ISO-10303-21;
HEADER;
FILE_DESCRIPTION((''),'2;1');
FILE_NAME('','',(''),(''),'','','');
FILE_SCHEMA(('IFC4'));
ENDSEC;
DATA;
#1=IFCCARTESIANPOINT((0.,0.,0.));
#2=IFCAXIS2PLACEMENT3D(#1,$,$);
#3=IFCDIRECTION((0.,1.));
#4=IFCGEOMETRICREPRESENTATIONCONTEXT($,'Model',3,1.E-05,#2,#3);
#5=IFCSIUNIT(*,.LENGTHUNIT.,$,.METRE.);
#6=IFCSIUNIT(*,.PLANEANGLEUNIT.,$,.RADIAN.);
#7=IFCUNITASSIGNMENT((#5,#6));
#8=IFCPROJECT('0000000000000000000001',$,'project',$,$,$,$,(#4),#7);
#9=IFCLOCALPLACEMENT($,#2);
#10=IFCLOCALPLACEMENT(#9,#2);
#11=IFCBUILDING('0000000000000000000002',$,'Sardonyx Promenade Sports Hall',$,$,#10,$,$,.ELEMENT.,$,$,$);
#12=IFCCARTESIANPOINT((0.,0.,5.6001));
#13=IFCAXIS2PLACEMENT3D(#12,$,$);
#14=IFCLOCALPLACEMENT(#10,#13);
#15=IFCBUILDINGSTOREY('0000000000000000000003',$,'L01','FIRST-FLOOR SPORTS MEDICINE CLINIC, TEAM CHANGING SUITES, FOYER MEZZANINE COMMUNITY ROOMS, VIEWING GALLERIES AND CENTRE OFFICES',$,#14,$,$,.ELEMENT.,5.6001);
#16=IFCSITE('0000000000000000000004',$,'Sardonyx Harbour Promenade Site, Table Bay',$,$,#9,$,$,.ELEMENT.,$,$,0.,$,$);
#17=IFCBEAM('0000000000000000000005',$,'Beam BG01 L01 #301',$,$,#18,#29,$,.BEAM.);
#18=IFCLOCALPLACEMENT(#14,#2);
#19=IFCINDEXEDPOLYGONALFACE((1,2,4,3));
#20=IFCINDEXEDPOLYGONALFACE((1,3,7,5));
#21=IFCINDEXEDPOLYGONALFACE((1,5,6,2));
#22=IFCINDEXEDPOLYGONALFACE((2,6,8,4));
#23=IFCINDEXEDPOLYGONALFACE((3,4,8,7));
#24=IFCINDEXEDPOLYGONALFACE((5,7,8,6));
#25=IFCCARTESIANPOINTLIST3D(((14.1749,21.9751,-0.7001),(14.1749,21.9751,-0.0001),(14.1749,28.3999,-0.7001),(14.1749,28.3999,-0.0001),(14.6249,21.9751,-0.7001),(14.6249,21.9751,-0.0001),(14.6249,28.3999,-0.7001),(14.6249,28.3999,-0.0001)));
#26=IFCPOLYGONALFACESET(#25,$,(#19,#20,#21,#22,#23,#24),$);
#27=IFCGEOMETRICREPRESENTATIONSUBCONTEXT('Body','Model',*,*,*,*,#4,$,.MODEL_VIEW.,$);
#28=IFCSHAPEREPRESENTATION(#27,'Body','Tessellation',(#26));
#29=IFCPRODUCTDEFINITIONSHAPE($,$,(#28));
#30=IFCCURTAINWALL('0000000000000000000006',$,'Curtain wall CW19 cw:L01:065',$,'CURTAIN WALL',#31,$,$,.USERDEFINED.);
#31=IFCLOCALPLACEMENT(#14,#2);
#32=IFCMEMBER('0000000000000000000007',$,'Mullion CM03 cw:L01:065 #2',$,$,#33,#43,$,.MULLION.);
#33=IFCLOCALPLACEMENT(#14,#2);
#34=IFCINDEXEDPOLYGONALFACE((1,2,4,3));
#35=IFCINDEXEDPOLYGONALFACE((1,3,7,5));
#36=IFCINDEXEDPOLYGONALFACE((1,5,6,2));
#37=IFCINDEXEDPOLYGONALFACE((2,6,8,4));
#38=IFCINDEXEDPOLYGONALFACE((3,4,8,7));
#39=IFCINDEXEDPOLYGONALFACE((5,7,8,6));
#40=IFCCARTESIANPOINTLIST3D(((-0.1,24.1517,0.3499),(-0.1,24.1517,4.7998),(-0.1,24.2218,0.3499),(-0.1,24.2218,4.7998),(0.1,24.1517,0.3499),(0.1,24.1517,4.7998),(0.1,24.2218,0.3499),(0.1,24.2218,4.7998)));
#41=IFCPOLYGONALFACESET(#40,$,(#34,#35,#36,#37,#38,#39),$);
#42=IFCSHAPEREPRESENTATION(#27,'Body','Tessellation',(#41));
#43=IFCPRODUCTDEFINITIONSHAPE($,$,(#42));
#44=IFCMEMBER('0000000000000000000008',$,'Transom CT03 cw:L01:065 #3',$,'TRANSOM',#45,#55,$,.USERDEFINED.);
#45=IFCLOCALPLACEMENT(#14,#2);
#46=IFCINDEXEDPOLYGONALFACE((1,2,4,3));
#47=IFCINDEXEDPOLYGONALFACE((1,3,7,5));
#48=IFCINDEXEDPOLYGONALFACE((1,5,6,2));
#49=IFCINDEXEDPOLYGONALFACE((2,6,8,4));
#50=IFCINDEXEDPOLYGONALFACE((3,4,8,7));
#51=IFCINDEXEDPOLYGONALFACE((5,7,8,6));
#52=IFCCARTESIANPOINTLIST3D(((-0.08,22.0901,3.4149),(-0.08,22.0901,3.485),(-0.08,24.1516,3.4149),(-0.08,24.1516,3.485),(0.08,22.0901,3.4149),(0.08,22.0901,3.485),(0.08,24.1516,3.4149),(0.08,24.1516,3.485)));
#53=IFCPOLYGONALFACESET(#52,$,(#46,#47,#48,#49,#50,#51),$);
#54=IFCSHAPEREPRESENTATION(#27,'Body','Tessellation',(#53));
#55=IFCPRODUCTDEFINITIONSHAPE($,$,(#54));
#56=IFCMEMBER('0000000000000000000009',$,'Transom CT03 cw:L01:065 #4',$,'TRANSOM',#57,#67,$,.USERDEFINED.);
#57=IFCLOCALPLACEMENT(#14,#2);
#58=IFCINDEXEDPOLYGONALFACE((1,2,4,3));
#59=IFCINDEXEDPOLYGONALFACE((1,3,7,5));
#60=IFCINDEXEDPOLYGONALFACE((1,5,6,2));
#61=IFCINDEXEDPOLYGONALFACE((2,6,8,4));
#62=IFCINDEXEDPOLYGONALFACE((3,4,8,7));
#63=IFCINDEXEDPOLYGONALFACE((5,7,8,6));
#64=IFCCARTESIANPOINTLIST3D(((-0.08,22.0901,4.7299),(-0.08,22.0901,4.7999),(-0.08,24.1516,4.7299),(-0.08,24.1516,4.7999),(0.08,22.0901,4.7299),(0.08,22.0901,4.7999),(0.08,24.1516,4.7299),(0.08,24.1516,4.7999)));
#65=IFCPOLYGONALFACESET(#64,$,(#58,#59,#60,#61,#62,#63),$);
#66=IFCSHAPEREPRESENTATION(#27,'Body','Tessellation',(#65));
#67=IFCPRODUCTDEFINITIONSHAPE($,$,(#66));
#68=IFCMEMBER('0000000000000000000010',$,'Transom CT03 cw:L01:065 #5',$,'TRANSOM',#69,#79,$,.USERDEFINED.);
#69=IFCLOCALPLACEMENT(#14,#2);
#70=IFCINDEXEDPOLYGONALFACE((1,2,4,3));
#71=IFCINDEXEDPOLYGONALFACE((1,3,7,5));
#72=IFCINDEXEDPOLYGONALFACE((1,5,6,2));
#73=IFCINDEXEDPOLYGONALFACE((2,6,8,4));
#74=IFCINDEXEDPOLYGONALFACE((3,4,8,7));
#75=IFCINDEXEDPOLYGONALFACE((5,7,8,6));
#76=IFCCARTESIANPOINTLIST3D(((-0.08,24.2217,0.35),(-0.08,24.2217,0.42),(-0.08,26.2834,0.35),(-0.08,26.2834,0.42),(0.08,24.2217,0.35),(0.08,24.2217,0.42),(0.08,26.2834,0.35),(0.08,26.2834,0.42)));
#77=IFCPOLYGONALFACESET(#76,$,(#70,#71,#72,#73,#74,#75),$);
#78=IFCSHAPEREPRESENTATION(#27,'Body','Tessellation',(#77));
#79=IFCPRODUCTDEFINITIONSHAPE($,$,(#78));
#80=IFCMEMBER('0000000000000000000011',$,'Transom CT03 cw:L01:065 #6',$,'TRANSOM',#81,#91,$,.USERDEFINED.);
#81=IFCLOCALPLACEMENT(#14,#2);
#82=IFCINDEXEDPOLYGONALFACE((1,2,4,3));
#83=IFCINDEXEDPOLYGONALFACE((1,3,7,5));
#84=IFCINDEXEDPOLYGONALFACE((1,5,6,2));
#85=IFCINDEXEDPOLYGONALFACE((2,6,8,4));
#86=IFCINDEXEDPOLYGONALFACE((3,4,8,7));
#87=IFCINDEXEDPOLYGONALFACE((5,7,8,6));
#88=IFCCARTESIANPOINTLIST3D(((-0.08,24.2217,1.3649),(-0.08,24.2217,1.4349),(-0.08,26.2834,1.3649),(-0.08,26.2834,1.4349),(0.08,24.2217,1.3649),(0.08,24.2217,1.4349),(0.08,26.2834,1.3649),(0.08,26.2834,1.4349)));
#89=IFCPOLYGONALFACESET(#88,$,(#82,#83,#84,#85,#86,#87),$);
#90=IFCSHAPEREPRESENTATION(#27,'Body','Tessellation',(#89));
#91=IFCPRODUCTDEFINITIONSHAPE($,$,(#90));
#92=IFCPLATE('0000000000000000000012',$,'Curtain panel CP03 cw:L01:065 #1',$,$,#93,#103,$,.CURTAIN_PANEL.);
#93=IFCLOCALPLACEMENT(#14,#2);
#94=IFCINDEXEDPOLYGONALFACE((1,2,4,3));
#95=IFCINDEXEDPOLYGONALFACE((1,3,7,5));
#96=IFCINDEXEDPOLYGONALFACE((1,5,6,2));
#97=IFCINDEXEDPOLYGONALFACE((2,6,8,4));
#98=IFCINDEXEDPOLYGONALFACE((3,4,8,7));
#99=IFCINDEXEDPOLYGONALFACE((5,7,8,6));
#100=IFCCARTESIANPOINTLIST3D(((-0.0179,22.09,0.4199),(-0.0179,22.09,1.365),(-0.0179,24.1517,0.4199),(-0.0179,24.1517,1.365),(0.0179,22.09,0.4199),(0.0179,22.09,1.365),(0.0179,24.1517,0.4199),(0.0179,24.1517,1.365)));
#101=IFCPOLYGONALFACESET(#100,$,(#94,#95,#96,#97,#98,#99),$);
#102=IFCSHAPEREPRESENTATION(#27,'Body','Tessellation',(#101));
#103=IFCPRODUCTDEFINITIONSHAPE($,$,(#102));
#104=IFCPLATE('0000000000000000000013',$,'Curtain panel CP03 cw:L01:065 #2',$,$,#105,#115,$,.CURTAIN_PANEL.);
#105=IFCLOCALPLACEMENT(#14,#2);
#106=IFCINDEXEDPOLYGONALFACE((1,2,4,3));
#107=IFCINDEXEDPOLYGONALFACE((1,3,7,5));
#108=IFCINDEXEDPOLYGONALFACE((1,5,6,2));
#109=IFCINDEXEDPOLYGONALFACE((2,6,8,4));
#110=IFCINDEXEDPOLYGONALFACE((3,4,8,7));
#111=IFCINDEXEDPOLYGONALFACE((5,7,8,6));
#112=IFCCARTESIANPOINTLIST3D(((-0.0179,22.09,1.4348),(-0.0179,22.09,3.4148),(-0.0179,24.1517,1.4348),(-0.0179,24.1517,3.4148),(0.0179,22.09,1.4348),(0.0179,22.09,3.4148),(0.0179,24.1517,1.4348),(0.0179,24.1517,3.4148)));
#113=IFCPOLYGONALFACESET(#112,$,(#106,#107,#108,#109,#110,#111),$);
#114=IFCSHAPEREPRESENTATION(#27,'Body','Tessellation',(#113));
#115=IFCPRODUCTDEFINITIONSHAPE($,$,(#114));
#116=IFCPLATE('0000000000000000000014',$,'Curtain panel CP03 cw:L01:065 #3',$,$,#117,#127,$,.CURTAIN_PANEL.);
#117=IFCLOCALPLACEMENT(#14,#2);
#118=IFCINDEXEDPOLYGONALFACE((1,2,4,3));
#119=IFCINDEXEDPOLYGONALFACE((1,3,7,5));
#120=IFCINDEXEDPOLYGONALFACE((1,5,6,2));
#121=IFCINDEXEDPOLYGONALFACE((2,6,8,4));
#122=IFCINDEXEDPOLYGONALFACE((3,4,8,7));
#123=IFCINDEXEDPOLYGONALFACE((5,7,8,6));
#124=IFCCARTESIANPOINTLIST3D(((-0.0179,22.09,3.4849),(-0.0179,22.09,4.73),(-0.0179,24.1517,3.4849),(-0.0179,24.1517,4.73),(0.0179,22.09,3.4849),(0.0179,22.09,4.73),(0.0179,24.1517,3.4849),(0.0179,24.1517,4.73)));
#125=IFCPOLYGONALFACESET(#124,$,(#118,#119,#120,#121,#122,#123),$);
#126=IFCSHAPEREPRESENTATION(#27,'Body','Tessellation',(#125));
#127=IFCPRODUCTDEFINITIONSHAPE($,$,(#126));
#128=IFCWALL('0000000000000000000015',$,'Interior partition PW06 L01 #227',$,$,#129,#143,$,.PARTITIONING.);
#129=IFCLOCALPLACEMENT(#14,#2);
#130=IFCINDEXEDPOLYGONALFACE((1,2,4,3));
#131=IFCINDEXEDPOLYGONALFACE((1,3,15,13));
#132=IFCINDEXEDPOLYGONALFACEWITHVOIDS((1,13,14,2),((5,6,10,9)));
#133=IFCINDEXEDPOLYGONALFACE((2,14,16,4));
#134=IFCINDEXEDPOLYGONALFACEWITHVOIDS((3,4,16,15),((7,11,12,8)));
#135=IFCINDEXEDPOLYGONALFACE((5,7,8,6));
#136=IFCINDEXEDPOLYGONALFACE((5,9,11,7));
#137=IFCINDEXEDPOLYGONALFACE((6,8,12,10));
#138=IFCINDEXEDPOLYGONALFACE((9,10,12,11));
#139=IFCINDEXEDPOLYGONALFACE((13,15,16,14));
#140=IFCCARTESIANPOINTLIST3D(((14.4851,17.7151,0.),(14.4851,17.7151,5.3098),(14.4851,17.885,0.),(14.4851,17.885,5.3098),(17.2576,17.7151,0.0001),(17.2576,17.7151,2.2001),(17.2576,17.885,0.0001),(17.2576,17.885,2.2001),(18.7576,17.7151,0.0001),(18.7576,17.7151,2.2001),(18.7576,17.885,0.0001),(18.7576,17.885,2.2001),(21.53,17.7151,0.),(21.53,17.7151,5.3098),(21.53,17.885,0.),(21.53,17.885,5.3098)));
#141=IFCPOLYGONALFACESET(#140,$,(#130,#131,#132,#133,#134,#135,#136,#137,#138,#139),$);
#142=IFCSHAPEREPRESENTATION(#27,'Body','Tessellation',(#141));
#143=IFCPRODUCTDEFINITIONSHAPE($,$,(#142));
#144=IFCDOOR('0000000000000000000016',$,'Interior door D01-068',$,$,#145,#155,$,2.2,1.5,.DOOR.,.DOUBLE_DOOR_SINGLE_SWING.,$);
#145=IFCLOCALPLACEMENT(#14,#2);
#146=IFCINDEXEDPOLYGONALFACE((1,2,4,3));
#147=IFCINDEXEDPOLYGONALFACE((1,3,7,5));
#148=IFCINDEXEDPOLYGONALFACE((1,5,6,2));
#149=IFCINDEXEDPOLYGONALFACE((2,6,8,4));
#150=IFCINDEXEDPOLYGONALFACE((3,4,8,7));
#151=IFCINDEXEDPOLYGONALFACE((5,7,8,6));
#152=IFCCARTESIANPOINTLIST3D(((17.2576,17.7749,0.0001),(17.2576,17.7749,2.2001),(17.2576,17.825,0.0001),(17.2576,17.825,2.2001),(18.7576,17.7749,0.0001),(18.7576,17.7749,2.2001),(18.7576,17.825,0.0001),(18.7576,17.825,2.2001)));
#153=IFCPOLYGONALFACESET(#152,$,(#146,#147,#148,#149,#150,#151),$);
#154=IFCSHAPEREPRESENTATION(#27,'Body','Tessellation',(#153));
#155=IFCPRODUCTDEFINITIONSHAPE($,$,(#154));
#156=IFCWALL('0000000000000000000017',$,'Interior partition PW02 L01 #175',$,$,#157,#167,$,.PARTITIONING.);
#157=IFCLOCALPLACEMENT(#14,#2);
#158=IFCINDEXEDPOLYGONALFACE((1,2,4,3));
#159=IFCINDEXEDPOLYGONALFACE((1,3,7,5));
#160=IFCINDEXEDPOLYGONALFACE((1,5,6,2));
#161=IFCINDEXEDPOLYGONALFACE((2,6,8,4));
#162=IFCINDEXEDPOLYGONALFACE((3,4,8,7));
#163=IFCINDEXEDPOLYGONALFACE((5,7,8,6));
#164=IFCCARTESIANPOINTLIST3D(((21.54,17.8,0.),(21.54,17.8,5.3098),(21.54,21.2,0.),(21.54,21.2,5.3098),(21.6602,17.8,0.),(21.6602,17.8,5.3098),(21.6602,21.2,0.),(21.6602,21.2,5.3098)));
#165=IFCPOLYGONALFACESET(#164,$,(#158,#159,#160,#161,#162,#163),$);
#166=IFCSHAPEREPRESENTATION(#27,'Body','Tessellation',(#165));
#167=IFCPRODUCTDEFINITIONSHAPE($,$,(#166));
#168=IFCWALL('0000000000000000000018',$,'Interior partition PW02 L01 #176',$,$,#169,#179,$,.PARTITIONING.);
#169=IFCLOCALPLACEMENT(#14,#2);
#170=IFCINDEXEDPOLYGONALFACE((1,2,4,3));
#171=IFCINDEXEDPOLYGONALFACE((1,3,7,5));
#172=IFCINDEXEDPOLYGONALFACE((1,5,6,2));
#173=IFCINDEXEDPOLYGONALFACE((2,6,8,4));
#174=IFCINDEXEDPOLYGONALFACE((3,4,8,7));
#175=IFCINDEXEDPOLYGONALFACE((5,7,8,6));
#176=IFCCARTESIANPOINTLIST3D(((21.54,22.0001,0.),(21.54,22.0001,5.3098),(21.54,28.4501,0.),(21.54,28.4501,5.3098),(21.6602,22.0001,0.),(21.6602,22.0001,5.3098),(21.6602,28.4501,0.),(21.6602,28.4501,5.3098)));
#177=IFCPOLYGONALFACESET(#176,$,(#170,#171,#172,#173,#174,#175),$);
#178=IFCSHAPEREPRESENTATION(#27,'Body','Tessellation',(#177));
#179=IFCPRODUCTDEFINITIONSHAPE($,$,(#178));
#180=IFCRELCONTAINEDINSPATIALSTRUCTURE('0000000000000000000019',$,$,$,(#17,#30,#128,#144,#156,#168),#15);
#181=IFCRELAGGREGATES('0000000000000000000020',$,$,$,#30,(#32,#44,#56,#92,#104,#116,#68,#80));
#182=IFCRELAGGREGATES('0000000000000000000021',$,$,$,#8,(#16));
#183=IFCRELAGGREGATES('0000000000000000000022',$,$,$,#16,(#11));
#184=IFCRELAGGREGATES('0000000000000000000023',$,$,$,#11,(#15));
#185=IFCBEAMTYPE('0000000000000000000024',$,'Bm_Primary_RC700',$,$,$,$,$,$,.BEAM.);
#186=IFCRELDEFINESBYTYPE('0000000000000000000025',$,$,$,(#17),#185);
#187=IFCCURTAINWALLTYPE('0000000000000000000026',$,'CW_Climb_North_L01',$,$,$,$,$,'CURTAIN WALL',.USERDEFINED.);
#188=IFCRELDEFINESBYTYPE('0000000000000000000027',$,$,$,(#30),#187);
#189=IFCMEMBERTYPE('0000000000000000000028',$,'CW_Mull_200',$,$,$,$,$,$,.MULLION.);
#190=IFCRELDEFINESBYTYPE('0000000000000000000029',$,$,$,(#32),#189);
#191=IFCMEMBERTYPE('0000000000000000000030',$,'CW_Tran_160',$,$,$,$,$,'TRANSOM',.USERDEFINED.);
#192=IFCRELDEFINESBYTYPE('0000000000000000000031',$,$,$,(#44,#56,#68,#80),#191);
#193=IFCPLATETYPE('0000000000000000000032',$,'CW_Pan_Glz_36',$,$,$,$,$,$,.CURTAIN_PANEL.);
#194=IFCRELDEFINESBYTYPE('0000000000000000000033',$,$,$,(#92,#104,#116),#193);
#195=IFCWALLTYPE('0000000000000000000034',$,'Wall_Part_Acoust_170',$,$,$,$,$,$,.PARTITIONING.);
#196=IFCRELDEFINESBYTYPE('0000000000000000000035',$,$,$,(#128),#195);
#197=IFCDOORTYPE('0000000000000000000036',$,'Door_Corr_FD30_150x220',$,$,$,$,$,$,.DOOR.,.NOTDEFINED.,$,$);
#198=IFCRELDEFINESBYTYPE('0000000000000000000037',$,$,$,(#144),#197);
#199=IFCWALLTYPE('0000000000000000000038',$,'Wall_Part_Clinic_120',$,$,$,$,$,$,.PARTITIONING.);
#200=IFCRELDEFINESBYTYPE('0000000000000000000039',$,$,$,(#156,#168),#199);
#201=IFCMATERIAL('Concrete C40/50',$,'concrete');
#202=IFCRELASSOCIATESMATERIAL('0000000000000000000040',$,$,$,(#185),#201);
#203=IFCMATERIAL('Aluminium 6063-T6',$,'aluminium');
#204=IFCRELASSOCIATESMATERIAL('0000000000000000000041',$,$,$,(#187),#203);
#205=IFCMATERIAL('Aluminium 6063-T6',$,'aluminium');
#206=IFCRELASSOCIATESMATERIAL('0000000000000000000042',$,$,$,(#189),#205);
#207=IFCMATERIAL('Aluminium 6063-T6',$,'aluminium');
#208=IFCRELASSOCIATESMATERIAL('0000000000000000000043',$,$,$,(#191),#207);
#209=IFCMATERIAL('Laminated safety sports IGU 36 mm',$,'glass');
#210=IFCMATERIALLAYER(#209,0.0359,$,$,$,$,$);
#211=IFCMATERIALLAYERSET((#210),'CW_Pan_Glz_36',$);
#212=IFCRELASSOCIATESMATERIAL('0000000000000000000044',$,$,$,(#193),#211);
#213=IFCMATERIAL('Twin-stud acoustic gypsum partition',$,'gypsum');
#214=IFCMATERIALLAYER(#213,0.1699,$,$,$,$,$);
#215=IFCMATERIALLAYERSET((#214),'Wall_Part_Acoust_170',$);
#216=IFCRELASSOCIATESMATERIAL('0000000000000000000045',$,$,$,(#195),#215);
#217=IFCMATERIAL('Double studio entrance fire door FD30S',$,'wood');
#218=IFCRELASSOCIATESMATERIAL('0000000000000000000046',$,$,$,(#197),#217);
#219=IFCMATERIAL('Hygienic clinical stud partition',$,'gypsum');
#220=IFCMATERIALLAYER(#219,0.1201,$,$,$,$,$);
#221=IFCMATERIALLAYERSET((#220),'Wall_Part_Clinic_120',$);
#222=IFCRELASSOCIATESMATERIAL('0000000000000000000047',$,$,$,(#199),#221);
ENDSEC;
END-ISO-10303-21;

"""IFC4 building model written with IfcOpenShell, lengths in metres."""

from ifc_helpers import new_model, si_unit, direction, frame, frame_2d, origin, origin_2d, place, context, subcontext, project, spatial, rectangle, extrude, material, layer, layer_set, material_profile, profile_set, type_object, element, fill, aggregate, save


model = new_model("IFC4")

# Units and contexts
model_context = context("Model", 3, precision=1e-05, world=origin(), true_north=direction((0.0, 1.0)))
body_context = subcontext(model_context, "Body", "Model", "MODEL_VIEW")
ifc_project = project(units=[si_unit("LENGTHUNIT", "METRE"), si_unit("PLANEANGLEUNIT", "RADIAN")], contexts=[model_context])

# Site, building, storey
site_placement = place(None, origin())
site = spatial("IfcSite", under=ifc_project, at=site_placement, Name="Sardonyx Harbour Promenade Site, Table Bay", CompositionType="ELEMENT", RefElevation=0.0)
building_placement = place(site_placement, origin())
building = spatial("IfcBuilding", under=site, at=building_placement, Name="Sardonyx Promenade Sports Hall", CompositionType="ELEMENT")
storey_placement = place(building_placement, frame((0.0, 0.0, 5.6001)))
storey = spatial("IfcBuildingStorey", under=building, at=storey_placement, Name="L01", Description="FIRST-FLOOR SPORTS MEDICINE CLINIC, TEAM CHANGING SUITES, FOYER MEZZANINE COMMUNITY ROOMS, VIEWING GALLERIES AND CENTRE OFFICES", CompositionType="ELEMENT", Elevation=5.6001)

# Beam
ifc_material_1 = material(Name="Concrete C40/50", Category="concrete")
ifc_material_profile_1 = material_profile(ifc_material_1, rectangle(XDim=0.45, YDim=0.7, at=origin_2d()))
ifc_profile_set_1 = profile_set([ifc_material_profile_1], Name="Concrete C40/50")
beam_type_1 = type_object("IfcBeamType", Name="Bm_Primary_RC700", PredefinedType="BEAM", material=ifc_profile_set_1)
beam_1_placement = place(storey_placement, frame((14.3999, 21.9751, -0.3501), z_axis=(0.0, 1.0, 0.0), x_axis=(-1.0, 0.0, 0.0)))
element("IfcBeam", 1, at=beam_1_placement, inside=storey, type_object=beam_type_1, Name="Beam BG01 L01 #301", PredefinedType="BEAM", context=body_context, shape_type="SweptSolid", body=[
    extrude(rectangle(XDim=0.45, YDim=0.7, at=origin_2d()), origin(), (0.0, 0.0, 1.0), 6.4248),
])

# Curtain wall, members, plates
ifc_material_2 = material(Name="Aluminium 6063-T6", Category="aluminium")
curtain_wall_type = type_object("IfcCurtainWallType", Name="CW_Climb_North_L01", ElementType="CURTAIN WALL", PredefinedType="USERDEFINED", material=ifc_material_2)
curtain_wall_placement = place(storey_placement, origin())
curtain_wall = element("IfcCurtainWall", 2, at=curtain_wall_placement, inside=storey, type_object=curtain_wall_type, Name="Curtain wall CW19 cw:L01:065", ObjectType="CURTAIN WALL", PredefinedType="USERDEFINED")
ifc_material_3 = material(Name="Aluminium 6063-T6", Category="aluminium")
ifc_material_profile_2 = material_profile(ifc_material_3, rectangle(XDim=0.0701, YDim=0.2, at=origin_2d()))
ifc_profile_set_2 = profile_set([ifc_material_profile_2], Name="Aluminium 6063-T6")
member_type_1 = type_object("IfcMemberType", Name="CW_Mull_200", PredefinedType="MULLION", material=ifc_profile_set_2)
member_1_placement = place(storey_placement, frame((0.0, 24.1868, 0.3499), z_axis=(0.0, 0.0, 1.0), x_axis=(0.0, 1.0, 0.0)))
member_1 = element("IfcMember", 3, at=member_1_placement, type_object=member_type_1, Name="Mullion CM03 cw:L01:065 #2", PredefinedType="MULLION", context=body_context, shape_type="SweptSolid", body=[
    extrude(rectangle(XDim=0.0701, YDim=0.2, at=origin_2d()), origin(), (0.0, 0.0, 1.0), 4.45),
])
ifc_material_4 = material(Name="Aluminium 6063-T6", Category="aluminium")
ifc_material_profile_3 = material_profile(ifc_material_4, rectangle(XDim=0.0701, YDim=0.1599, at=origin_2d()))
ifc_profile_set_3 = profile_set([ifc_material_profile_3], Name="Aluminium 6063-T6")
member_type_2 = type_object("IfcMemberType", Name="CW_Tran_160", ElementType="TRANSOM", PredefinedType="USERDEFINED", material=ifc_profile_set_3)
member_2_placement = place(storey_placement, frame((0.0, 22.0901, 3.45), z_axis=(0.0, 1.0, 0.0), x_axis=(0.0, 0.0, 1.0)))
member_2 = element("IfcMember", 4, at=member_2_placement, type_object=member_type_2, Name="Transom CT03 cw:L01:065 #3", ObjectType="TRANSOM", PredefinedType="USERDEFINED", context=body_context, shape_type="SweptSolid", body=[
    extrude(rectangle(XDim=0.0701, YDim=0.1599, at=origin_2d()), origin(), (0.0, 0.0, 1.0), 2.0615),
])
member_3_placement = place(storey_placement, frame((0.0, 22.0901, 4.7649), z_axis=(0.0, 1.0, 0.0), x_axis=(0.0, 0.0, 1.0)))
member_3 = element("IfcMember", 5, at=member_3_placement, type_object=member_type_2, Name="Transom CT03 cw:L01:065 #4", ObjectType="TRANSOM", PredefinedType="USERDEFINED", context=body_context, shape_type="SweptSolid", body=[
    extrude(rectangle(XDim=0.0701, YDim=0.1599, at=origin_2d()), origin(), (0.0, 0.0, 1.0), 2.0615),
])
member_4_placement = place(storey_placement, frame((0.0, 24.2217, 0.385), z_axis=(0.0, 1.0, 0.0), x_axis=(0.0, 0.0, 1.0)))
member_4 = element("IfcMember", 6, at=member_4_placement, type_object=member_type_2, Name="Transom CT03 cw:L01:065 #5", ObjectType="TRANSOM", PredefinedType="USERDEFINED", context=body_context, shape_type="SweptSolid", body=[
    extrude(rectangle(XDim=0.0701, YDim=0.1599, at=origin_2d()), origin(), (0.0, 0.0, 1.0), 2.0618),
])
member_5_placement = place(storey_placement, frame((0.0, 24.2217, 1.3999), z_axis=(0.0, 1.0, 0.0), x_axis=(0.0, 0.0, 1.0)))
member_5 = element("IfcMember", 7, at=member_5_placement, type_object=member_type_2, Name="Transom CT03 cw:L01:065 #6", ObjectType="TRANSOM", PredefinedType="USERDEFINED", context=body_context, shape_type="SweptSolid", body=[
    extrude(rectangle(XDim=0.0701, YDim=0.1599, at=origin_2d()), origin(), (0.0, 0.0, 1.0), 2.0618),
])
ifc_material_5 = material(Name="Laminated safety sports IGU 36 mm", Category="glass")
ifc_layer_1 = layer(ifc_material_5, 0.0359)
ifc_layer_set_1 = layer_set([ifc_layer_1], Name="CW_Pan_Glz_36")
plate_type = type_object("IfcPlateType", Name="CW_Pan_Glz_36", PredefinedType="CURTAIN_PANEL", material=ifc_layer_set_1)
plate_1_placement = place(storey_placement, frame((0.0, 23.1208, 0.4199), z_axis=(0.0, 0.0, 1.0), x_axis=(0.0, 1.0, 0.0)))
plate_1 = element("IfcPlate", 8, at=plate_1_placement, type_object=plate_type, Name="Curtain panel CP03 cw:L01:065 #1", PredefinedType="CURTAIN_PANEL", context=body_context, shape_type="SweptSolid", body=[
    extrude(rectangle(XDim=2.0618, YDim=0.0359, at=origin_2d()), origin(), (0.0, 0.0, 1.0), 0.9451),
])
plate_2_placement = place(storey_placement, frame((0.0, 23.1208, 1.4348), z_axis=(0.0, 0.0, 1.0), x_axis=(0.0, 1.0, 0.0)))
plate_2 = element("IfcPlate", 9, at=plate_2_placement, type_object=plate_type, Name="Curtain panel CP03 cw:L01:065 #2", PredefinedType="CURTAIN_PANEL", context=body_context, shape_type="SweptSolid", body=[
    extrude(rectangle(XDim=2.0618, YDim=0.0359, at=origin_2d()), origin(), (0.0, 0.0, 1.0), 1.98),
])
plate_3_placement = place(storey_placement, frame((0.0, 23.1208, 3.4849), z_axis=(0.0, 0.0, 1.0), x_axis=(0.0, 1.0, 0.0)))
plate_3 = element("IfcPlate", 10, at=plate_3_placement, type_object=plate_type, Name="Curtain panel CP03 cw:L01:065 #3", PredefinedType="CURTAIN_PANEL", context=body_context, shape_type="SweptSolid", body=[
    extrude(rectangle(XDim=2.0618, YDim=0.0359, at=origin_2d()), origin(), (0.0, 0.0, 1.0), 1.2451),
])
aggregate(curtain_wall, [member_1, member_2, member_3, plate_1, plate_2, plate_3, member_4, member_5])

# Wall, opening, door
ifc_material_6 = material(Name="Twin-stud acoustic gypsum partition", Category="gypsum")
ifc_layer_2 = layer(ifc_material_6, 0.1699)
ifc_layer_set_2 = layer_set([ifc_layer_2], Name="Wall_Part_Acoust_170")
wall_type_1 = type_object("IfcWallType", Name="Wall_Part_Acoust_170", PredefinedType="PARTITIONING", material=ifc_layer_set_2)
wall_1_placement = place(storey_placement, frame((14.4851, 17.8, 0.0), z_axis=(0.0, 0.0, 1.0), x_axis=(1.0, 0.0, 0.0)))
wall_1 = element("IfcWall", 11, at=wall_1_placement, inside=storey, type_object=wall_type_1, Name="Interior partition PW06 L01 #227", PredefinedType="PARTITIONING", context=body_context, shape_type="SweptSolid", body=[
    extrude(rectangle(XDim=7.0449, YDim=0.1699, at=frame_2d((3.5225, 0.0))), origin(), (0.0, 0.0, 1.0), 5.3098),
])
opening_1_placement = place(wall_1_placement, frame((2.7725, 0.0, 0.0)))
opening_1 = element("IfcOpeningElement", 12, at=opening_1_placement, cuts=wall_1, PredefinedType="OPENING", context=body_context, shape_type="SweptSolid", body=[
    extrude(rectangle(XDim=1.5, YDim=2.2, at=frame_2d((0.75, 1.1001))), frame((0.0, 0.095, 0.0), z_axis=(0.0, -1.0, 0.0), x_axis=(1.0, 0.0, 0.0)), (0.0, 0.0, 1.0), 0.19),
])
ifc_material_7 = material(Name="Double studio entrance fire door FD30S", Category="wood")
door_type = type_object("IfcDoorType", Name="Door_Corr_FD30_150x220", OperationType="NOTDEFINED", PredefinedType="DOOR", material=ifc_material_7)
door_1_placement = place(opening_1_placement, origin())
door_1 = element("IfcDoor", 13, at=door_1_placement, inside=storey, type_object=door_type, Name="Interior door D01-068", OperationType="DOUBLE_DOOR_SINGLE_SWING", OverallHeight=2.2, OverallWidth=1.5, PredefinedType="DOOR", context=body_context, shape_type="SweptSolid", body=[
    extrude(rectangle(XDim=1.5, YDim=2.2, at=frame_2d((0.75, 1.1001))), frame((0.0, 0.0249, 0.0), z_axis=(0.0, -1.0, 0.0), x_axis=(1.0, 0.0, 0.0)), (0.0, 0.0, 1.0), 0.05),
])
fill(opening_1, door_1)

# Walls
ifc_material_8 = material(Name="Hygienic clinical stud partition", Category="gypsum")
ifc_layer_3 = layer(ifc_material_8, 0.1201)
ifc_layer_set_3 = layer_set([ifc_layer_3], Name="Wall_Part_Clinic_120")
wall_type_2 = type_object("IfcWallType", Name="Wall_Part_Clinic_120", PredefinedType="PARTITIONING", material=ifc_layer_set_3)
wall_2_placement = place(storey_placement, frame((21.6001, 17.8, 0.0), z_axis=(0.0, 0.0, 1.0), x_axis=(0.0, 1.0, 0.0)))
element("IfcWall", 14, at=wall_2_placement, inside=storey, type_object=wall_type_2, Name="Interior partition PW02 L01 #175", PredefinedType="PARTITIONING", context=body_context, shape_type="SweptSolid", body=[
    extrude(rectangle(XDim=3.3999, YDim=0.1201, at=frame_2d((1.7, 0.0))), origin(), (0.0, 0.0, 1.0), 5.3098),
])
wall_3_placement = place(storey_placement, frame((21.6001, 22.0, 0.0), z_axis=(0.0, 0.0, 1.0), x_axis=(0.0, 1.0, 0.0)))
element("IfcWall", 15, at=wall_3_placement, inside=storey, type_object=wall_type_2, Name="Interior partition PW02 L01 #176", PredefinedType="PARTITIONING", context=body_context, shape_type="SweptSolid", body=[
    extrude(rectangle(XDim=6.45, YDim=0.1201, at=frame_2d((3.2251, 0.0))), origin(), (0.0, 0.0, 1.0), 5.3098),
])

save(model, "model.ifc")
